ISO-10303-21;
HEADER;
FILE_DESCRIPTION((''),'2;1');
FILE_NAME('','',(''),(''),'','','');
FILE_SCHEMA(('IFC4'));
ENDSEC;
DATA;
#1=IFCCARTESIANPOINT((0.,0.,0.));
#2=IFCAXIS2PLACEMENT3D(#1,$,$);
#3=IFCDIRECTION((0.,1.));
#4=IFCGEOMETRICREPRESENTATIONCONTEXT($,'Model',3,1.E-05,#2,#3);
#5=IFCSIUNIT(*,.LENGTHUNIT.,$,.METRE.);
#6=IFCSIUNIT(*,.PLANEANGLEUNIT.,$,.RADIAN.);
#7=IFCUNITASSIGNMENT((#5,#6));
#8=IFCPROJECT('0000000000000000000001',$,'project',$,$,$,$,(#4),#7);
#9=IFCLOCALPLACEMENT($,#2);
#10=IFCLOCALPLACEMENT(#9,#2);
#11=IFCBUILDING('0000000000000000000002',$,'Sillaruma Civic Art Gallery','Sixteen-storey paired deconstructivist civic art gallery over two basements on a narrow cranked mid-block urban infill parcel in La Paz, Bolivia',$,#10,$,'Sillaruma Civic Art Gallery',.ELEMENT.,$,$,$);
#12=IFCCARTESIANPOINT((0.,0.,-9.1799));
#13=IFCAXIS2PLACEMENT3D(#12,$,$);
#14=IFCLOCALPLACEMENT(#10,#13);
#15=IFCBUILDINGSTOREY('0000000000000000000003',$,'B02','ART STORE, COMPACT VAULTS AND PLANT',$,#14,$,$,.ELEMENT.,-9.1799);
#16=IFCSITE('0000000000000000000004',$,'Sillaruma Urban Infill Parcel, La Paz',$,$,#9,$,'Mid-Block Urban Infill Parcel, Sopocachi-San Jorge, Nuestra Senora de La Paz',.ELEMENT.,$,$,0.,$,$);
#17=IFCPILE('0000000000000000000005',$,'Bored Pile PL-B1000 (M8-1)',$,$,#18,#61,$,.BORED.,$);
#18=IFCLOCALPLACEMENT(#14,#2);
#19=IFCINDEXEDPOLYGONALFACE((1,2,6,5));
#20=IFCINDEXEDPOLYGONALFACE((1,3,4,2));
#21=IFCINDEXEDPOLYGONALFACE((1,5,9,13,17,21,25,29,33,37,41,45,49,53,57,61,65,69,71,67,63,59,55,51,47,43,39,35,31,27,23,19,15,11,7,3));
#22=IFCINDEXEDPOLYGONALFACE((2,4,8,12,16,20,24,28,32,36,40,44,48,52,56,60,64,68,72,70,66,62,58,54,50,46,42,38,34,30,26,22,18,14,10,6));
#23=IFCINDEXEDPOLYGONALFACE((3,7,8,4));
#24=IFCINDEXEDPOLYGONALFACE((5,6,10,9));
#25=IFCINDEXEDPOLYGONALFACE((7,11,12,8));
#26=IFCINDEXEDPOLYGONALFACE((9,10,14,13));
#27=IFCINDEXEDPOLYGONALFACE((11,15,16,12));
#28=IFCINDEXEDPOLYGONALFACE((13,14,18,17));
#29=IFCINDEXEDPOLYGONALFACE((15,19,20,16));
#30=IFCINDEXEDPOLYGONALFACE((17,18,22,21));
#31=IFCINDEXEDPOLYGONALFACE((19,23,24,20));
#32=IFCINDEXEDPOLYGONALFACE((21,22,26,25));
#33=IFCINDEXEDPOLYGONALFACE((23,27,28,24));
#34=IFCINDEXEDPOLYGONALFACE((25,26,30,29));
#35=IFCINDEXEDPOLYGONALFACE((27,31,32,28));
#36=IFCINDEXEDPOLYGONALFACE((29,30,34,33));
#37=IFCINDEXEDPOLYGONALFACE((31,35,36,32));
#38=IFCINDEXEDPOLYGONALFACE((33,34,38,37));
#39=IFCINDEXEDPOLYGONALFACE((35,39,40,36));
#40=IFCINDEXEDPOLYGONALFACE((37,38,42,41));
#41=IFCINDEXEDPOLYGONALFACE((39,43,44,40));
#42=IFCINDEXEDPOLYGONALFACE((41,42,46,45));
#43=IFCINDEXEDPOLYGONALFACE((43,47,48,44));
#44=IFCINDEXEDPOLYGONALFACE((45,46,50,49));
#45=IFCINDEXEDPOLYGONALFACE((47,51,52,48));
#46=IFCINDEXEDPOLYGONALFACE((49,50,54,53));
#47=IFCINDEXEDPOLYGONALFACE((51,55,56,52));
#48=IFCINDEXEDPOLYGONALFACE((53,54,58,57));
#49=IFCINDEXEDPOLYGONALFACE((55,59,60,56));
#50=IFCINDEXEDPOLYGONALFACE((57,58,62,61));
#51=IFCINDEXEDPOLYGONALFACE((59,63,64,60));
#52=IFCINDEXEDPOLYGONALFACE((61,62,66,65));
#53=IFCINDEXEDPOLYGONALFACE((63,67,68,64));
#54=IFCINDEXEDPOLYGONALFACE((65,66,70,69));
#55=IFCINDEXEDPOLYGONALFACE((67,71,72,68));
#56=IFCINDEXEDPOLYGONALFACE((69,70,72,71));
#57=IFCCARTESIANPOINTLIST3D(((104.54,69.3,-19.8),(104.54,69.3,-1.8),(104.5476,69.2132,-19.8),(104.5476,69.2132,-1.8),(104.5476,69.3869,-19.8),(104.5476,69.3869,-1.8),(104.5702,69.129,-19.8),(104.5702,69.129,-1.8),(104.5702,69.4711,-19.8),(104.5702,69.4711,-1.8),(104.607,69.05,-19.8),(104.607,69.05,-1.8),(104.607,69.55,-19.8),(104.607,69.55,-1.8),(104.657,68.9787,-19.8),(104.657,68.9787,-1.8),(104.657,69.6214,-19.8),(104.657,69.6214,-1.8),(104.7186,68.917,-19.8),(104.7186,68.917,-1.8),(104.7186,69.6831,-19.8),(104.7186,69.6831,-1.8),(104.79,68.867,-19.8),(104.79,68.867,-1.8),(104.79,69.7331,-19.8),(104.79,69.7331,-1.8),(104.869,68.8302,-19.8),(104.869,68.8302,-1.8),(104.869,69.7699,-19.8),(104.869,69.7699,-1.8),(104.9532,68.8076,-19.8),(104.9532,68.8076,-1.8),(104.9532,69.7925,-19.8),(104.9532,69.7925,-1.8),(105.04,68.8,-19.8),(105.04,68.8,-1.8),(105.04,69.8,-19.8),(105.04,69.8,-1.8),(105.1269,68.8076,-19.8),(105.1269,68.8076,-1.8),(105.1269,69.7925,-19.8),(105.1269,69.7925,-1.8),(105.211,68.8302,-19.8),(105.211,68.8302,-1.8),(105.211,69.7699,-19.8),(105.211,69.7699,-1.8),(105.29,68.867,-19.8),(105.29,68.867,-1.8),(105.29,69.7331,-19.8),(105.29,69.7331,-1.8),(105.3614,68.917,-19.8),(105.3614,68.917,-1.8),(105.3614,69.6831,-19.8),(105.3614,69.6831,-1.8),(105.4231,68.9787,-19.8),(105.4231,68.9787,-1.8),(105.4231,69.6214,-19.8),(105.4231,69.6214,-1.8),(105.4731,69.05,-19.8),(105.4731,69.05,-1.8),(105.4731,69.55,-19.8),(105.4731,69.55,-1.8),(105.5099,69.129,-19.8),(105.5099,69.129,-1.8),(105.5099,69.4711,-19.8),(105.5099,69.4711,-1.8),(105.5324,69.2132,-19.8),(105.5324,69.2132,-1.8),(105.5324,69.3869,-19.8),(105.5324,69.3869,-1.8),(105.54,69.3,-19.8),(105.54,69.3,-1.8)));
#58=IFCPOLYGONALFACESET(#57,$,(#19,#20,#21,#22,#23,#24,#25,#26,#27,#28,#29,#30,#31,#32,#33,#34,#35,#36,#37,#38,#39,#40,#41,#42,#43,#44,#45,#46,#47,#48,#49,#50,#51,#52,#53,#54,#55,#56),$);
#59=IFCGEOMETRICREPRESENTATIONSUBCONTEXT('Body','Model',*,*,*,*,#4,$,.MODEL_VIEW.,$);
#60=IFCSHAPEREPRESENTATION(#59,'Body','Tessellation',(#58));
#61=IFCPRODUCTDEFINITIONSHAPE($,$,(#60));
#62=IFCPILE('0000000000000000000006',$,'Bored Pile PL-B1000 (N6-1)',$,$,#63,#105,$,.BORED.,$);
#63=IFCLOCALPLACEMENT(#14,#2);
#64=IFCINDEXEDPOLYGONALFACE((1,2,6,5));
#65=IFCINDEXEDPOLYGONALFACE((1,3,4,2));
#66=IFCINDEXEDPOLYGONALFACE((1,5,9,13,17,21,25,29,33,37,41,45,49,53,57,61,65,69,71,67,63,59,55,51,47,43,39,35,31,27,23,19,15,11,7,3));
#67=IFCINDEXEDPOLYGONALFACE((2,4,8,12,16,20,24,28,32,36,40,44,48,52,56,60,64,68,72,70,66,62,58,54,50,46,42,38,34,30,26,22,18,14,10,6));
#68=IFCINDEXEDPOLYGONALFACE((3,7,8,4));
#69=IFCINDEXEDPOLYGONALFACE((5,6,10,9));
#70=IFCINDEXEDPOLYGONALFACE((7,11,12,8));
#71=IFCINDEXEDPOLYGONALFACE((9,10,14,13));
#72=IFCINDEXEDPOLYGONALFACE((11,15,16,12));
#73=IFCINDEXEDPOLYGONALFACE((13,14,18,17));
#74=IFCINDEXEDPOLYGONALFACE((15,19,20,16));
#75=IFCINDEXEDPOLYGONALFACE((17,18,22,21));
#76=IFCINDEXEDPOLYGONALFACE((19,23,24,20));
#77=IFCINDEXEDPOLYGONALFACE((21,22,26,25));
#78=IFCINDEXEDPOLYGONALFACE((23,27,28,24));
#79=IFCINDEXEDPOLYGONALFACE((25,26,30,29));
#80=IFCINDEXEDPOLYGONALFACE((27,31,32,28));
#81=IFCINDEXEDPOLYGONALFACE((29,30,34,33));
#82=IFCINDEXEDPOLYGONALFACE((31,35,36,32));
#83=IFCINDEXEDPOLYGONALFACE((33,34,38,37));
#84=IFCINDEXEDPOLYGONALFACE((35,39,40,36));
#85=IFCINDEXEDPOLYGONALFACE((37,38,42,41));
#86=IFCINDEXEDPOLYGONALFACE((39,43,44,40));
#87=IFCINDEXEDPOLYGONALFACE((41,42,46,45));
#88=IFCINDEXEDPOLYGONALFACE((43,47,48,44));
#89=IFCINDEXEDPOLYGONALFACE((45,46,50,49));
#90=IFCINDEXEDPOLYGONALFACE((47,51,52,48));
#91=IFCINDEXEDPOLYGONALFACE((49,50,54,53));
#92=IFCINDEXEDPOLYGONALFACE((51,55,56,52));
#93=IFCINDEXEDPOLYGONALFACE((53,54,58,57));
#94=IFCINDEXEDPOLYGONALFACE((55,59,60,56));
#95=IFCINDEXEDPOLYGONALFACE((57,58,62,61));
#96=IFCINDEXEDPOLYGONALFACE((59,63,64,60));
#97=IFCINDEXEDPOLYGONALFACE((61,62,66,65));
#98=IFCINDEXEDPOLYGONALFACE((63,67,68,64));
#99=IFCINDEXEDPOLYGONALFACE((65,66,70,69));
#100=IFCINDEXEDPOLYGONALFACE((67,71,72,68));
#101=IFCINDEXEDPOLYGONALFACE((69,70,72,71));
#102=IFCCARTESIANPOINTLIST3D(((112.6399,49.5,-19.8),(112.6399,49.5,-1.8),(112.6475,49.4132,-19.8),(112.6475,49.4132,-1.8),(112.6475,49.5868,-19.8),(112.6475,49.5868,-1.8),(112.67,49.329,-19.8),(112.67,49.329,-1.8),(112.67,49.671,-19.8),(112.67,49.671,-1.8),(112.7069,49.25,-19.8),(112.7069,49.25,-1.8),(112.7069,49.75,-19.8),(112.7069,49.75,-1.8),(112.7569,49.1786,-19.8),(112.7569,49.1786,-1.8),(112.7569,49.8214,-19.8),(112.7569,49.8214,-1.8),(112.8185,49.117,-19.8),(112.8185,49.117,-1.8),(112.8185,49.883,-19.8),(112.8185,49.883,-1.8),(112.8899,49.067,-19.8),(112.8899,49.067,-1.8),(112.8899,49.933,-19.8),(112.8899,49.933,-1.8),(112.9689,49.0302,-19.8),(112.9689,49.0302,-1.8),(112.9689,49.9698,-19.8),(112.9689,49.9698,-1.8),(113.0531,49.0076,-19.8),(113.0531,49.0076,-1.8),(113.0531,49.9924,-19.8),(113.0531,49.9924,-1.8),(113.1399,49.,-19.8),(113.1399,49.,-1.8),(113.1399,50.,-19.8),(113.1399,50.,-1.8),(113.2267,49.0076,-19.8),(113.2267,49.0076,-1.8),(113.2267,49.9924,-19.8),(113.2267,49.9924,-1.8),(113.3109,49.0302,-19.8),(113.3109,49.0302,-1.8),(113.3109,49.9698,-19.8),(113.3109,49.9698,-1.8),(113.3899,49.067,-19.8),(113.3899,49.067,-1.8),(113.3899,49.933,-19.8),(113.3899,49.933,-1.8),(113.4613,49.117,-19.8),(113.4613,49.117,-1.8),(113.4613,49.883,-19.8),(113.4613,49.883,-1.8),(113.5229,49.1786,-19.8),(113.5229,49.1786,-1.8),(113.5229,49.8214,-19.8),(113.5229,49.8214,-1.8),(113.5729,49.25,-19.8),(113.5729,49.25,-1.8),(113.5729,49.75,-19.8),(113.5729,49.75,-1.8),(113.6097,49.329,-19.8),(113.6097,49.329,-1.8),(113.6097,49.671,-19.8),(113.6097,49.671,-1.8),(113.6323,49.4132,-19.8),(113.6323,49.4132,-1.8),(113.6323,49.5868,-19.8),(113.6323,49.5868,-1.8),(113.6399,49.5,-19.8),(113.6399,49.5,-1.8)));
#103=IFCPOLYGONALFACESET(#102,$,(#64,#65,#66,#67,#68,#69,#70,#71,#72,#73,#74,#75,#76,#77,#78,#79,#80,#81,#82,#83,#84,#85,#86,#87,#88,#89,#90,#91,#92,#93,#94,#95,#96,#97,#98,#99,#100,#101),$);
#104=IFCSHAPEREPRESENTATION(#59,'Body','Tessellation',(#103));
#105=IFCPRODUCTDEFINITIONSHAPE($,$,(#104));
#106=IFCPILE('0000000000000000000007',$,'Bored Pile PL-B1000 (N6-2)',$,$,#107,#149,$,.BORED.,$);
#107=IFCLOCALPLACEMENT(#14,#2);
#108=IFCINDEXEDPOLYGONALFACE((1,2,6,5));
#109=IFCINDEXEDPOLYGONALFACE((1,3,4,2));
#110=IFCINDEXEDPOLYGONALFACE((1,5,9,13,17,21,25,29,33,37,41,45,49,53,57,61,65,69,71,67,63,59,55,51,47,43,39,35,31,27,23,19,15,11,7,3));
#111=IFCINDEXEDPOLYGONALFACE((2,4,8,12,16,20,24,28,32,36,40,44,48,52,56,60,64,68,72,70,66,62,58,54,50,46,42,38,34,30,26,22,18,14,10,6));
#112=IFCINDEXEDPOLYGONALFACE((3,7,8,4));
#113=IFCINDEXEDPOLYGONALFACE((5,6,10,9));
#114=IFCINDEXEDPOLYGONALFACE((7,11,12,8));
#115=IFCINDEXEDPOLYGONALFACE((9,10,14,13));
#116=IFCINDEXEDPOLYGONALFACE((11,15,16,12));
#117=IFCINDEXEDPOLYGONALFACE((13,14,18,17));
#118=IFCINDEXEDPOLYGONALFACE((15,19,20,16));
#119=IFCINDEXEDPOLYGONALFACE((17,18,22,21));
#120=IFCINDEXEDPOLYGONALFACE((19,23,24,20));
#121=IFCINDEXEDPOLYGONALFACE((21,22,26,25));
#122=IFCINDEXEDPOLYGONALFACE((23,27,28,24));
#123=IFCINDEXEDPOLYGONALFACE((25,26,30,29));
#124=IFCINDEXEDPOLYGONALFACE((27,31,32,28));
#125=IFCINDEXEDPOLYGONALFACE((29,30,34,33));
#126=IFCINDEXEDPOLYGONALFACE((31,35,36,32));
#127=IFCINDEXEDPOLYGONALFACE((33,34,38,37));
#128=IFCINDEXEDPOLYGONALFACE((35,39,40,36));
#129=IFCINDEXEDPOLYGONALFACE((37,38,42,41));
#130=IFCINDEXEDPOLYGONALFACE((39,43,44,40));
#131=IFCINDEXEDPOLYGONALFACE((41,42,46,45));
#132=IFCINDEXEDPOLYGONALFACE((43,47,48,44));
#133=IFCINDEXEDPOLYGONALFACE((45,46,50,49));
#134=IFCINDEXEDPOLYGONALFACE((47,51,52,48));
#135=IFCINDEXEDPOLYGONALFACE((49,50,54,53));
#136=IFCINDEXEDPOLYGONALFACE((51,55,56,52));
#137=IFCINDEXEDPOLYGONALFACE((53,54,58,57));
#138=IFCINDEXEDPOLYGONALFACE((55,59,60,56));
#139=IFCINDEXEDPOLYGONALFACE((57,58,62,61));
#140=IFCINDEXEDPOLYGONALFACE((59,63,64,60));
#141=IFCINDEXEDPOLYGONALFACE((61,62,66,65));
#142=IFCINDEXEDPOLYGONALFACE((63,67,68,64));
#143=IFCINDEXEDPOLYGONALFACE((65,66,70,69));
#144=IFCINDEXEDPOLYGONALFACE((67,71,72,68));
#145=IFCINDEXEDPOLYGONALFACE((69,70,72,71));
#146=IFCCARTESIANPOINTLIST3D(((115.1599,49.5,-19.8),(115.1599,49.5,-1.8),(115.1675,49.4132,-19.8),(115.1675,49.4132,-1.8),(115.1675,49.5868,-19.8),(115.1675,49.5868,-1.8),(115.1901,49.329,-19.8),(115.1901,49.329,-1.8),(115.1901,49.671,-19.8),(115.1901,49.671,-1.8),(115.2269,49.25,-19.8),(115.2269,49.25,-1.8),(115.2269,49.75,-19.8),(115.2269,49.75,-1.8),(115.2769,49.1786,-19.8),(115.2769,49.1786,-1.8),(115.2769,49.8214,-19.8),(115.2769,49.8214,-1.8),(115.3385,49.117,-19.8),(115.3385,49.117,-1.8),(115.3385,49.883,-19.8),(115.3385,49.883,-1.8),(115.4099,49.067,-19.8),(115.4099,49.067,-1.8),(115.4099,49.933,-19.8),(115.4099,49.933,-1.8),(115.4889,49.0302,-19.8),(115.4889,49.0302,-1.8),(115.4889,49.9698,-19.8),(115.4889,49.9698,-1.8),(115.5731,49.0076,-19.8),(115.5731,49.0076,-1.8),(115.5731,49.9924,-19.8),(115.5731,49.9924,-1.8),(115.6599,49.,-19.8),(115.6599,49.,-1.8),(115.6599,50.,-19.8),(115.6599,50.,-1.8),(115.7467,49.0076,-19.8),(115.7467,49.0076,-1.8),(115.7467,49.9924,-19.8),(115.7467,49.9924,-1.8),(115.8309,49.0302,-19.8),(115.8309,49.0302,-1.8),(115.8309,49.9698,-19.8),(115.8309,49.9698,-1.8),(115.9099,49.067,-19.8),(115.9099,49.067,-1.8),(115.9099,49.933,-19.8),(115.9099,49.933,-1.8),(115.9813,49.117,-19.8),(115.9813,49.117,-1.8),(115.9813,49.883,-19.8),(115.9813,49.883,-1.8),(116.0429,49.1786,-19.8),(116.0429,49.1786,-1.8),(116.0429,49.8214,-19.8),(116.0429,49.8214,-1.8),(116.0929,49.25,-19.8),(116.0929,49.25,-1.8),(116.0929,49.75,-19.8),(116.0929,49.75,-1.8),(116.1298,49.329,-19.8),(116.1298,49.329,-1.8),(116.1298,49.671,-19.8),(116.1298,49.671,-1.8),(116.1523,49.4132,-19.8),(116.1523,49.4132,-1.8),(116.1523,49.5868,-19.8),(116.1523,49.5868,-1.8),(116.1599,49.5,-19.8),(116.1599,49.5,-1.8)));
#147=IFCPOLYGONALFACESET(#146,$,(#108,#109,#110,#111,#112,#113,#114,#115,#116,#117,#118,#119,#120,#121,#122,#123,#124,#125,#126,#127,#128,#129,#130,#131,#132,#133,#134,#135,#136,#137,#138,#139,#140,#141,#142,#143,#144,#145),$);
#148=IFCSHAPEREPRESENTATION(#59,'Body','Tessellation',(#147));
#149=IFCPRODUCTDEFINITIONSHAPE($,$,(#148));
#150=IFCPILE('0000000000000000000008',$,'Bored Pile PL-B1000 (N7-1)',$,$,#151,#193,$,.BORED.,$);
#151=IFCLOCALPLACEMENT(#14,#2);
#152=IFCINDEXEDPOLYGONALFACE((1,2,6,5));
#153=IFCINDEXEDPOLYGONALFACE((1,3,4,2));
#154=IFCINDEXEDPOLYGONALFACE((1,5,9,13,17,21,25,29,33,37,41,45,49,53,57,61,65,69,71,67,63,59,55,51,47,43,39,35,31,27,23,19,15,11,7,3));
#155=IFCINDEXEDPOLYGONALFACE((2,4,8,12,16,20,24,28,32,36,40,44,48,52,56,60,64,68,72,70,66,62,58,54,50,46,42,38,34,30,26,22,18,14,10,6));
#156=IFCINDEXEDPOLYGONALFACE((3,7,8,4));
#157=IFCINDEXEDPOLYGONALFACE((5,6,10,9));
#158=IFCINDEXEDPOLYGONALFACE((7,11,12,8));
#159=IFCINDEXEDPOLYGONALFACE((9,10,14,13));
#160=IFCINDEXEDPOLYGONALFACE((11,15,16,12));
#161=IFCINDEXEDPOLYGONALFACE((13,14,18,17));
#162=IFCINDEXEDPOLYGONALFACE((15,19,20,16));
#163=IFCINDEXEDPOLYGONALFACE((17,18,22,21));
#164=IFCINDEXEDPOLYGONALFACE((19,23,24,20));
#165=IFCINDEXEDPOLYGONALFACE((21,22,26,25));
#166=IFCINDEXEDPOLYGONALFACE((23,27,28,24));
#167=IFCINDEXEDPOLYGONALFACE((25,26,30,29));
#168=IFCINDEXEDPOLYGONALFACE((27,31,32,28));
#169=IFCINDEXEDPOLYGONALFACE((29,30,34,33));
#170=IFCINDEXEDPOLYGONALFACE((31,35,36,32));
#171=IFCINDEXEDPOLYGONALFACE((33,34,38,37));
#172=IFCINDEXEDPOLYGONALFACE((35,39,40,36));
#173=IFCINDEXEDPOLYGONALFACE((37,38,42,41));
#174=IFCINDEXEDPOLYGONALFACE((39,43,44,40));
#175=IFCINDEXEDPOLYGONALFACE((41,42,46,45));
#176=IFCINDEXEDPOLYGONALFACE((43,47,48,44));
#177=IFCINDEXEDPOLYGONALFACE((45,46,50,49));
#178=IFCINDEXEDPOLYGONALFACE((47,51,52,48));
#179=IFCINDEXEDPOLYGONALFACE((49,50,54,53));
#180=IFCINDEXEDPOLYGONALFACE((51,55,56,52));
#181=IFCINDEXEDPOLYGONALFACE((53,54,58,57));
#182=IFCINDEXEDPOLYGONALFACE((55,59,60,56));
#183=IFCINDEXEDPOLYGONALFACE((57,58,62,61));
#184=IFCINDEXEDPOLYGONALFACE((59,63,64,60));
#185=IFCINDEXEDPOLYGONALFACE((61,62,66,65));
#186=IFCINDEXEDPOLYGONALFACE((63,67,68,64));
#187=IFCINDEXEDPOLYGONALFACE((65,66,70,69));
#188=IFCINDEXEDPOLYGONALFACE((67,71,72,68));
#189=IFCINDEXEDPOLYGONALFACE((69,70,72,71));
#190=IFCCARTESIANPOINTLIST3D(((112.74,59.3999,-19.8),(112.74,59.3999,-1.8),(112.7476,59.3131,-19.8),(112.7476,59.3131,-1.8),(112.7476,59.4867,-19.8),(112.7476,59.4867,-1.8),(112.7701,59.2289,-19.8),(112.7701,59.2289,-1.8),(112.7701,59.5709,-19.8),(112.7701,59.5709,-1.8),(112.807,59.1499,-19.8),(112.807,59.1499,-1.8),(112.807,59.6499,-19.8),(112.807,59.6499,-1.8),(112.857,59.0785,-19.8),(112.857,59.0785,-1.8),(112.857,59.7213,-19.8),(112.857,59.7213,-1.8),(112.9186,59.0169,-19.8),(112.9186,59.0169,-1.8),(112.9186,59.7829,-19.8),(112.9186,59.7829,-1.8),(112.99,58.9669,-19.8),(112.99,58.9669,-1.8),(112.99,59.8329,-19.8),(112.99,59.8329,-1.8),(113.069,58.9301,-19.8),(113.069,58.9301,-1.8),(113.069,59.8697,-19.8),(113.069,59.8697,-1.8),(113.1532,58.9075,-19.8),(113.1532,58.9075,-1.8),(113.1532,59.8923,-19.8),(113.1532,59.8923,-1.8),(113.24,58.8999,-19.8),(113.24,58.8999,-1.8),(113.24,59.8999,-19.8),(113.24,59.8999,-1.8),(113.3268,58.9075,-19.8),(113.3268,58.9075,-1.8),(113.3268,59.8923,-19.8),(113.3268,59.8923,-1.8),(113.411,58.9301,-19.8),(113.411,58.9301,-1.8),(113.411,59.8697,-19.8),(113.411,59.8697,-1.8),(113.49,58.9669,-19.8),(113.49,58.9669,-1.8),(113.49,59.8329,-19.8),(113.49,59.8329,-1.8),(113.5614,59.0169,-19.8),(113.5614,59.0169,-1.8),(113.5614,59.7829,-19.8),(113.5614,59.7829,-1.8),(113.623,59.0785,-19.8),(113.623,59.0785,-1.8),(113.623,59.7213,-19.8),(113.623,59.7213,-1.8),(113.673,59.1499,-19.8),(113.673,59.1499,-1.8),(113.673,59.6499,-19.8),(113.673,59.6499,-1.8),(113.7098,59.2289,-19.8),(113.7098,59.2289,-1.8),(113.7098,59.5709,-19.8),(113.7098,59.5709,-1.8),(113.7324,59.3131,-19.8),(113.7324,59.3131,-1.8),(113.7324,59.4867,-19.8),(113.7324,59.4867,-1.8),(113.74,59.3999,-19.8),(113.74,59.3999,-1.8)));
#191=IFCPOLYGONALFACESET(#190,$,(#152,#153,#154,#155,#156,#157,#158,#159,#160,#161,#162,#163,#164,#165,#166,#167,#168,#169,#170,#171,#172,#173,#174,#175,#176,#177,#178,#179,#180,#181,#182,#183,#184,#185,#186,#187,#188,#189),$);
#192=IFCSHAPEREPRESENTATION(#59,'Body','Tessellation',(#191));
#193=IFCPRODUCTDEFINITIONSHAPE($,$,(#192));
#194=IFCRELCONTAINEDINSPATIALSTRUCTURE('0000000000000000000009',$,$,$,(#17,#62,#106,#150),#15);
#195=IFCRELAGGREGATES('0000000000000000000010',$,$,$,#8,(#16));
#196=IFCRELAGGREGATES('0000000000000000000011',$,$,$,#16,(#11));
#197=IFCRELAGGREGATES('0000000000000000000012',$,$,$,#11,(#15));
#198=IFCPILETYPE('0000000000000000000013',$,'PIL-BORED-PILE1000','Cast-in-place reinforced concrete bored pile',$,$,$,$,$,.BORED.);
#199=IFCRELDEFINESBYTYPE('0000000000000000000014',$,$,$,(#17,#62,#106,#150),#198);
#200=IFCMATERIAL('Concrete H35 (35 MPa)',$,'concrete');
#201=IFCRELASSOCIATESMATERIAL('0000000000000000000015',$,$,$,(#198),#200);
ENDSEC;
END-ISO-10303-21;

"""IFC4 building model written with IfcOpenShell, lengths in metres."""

from ifc_helpers import new_model, si_unit, direction, frame, origin, origin_2d, place, context, subcontext, project, spatial, circle, extrude, material, material_profile, profile_set, type_object, element, save


model = new_model("IFC4")

# Units and contexts
model_context = context("Model", 3, precision=1e-05, world=origin(), true_north=direction((0.0, 1.0)))
body_context = subcontext(model_context, "Body", "Model", "MODEL_VIEW")
ifc_project = project(units=[si_unit("LENGTHUNIT", "METRE"), si_unit("PLANEANGLEUNIT", "RADIAN")], contexts=[model_context])

# Site, building, storey
site_placement = place(None, origin())
site = spatial("IfcSite", under=ifc_project, at=site_placement, Name="Sillaruma Urban Infill Parcel, La Paz", LongName="Mid-Block Urban Infill Parcel, Sopocachi-San Jorge, Nuestra Senora de La Paz", CompositionType="ELEMENT", RefElevation=0.0)
building_placement = place(site_placement, origin())
building = spatial("IfcBuilding", under=site, at=building_placement, Name="Sillaruma Civic Art Gallery", Description="Sixteen-storey paired deconstructivist civic art gallery over two basements on a narrow cranked mid-block urban infill parcel in La Paz, Bolivia", LongName="Sillaruma Civic Art Gallery", CompositionType="ELEMENT")
storey_placement = place(building_placement, frame((0.0, 0.0, -9.1799)))
storey = spatial("IfcBuildingStorey", under=building, at=storey_placement, Name="B02", Description="ART STORE, COMPACT VAULTS AND PLANT", CompositionType="ELEMENT", Elevation=-9.1799)

# Shared definitions
ifc_material_1 = material(Name="Concrete H35 (35 MPa)", Category="concrete")

# Piles
ifc_material_profile_1 = material_profile(ifc_material_1, circle(Radius=0.5, at=origin_2d()), Name="PILE1000")
ifc_profile_set_1 = profile_set([ifc_material_profile_1], Name="Concrete H35 (35 MPa)")
pile_type_1 = type_object("IfcPileType", Name="PIL-BORED-PILE1000", Description="Cast-in-place reinforced concrete bored pile", PredefinedType="BORED", material=ifc_profile_set_1)
for number, where, z_axis, x_axis, name in (
    (1, (105.04, 69.3, -1.8), (0.0, 0.0, -1.0), (1.0, 0.0, 0.0), "Bored Pile PL-B1000 (M8-1)"),
    (2, (113.1399, 49.5, -1.8), (0.0, 0.0, -1.0), (1.0, 0.0, 0.0), "Bored Pile PL-B1000 (N6-1)"),
    (3, (115.6599, 49.5, -1.8), (0.0, 0.0, -1.0), (1.0, 0.0, 0.0), "Bored Pile PL-B1000 (N6-2)"),
    (4, (113.24, 59.3999, -1.8), (0.0, 0.0, -1.0), (1.0, 0.0, 0.0), "Bored Pile PL-B1000 (N7-1)"),
):
    element("IfcPile", number, at=place(storey_placement, frame(where, z_axis=z_axis, x_axis=x_axis)), inside=storey, type_object=pile_type_1, Name=name, PredefinedType="BORED", context=body_context, shape_type="SweptSolid", body=[
        extrude(circle(Radius=0.5, at=origin_2d()), origin(), (0.0, 0.0, 1.0), 18.0),
    ])

save(model, "model.ifc")
